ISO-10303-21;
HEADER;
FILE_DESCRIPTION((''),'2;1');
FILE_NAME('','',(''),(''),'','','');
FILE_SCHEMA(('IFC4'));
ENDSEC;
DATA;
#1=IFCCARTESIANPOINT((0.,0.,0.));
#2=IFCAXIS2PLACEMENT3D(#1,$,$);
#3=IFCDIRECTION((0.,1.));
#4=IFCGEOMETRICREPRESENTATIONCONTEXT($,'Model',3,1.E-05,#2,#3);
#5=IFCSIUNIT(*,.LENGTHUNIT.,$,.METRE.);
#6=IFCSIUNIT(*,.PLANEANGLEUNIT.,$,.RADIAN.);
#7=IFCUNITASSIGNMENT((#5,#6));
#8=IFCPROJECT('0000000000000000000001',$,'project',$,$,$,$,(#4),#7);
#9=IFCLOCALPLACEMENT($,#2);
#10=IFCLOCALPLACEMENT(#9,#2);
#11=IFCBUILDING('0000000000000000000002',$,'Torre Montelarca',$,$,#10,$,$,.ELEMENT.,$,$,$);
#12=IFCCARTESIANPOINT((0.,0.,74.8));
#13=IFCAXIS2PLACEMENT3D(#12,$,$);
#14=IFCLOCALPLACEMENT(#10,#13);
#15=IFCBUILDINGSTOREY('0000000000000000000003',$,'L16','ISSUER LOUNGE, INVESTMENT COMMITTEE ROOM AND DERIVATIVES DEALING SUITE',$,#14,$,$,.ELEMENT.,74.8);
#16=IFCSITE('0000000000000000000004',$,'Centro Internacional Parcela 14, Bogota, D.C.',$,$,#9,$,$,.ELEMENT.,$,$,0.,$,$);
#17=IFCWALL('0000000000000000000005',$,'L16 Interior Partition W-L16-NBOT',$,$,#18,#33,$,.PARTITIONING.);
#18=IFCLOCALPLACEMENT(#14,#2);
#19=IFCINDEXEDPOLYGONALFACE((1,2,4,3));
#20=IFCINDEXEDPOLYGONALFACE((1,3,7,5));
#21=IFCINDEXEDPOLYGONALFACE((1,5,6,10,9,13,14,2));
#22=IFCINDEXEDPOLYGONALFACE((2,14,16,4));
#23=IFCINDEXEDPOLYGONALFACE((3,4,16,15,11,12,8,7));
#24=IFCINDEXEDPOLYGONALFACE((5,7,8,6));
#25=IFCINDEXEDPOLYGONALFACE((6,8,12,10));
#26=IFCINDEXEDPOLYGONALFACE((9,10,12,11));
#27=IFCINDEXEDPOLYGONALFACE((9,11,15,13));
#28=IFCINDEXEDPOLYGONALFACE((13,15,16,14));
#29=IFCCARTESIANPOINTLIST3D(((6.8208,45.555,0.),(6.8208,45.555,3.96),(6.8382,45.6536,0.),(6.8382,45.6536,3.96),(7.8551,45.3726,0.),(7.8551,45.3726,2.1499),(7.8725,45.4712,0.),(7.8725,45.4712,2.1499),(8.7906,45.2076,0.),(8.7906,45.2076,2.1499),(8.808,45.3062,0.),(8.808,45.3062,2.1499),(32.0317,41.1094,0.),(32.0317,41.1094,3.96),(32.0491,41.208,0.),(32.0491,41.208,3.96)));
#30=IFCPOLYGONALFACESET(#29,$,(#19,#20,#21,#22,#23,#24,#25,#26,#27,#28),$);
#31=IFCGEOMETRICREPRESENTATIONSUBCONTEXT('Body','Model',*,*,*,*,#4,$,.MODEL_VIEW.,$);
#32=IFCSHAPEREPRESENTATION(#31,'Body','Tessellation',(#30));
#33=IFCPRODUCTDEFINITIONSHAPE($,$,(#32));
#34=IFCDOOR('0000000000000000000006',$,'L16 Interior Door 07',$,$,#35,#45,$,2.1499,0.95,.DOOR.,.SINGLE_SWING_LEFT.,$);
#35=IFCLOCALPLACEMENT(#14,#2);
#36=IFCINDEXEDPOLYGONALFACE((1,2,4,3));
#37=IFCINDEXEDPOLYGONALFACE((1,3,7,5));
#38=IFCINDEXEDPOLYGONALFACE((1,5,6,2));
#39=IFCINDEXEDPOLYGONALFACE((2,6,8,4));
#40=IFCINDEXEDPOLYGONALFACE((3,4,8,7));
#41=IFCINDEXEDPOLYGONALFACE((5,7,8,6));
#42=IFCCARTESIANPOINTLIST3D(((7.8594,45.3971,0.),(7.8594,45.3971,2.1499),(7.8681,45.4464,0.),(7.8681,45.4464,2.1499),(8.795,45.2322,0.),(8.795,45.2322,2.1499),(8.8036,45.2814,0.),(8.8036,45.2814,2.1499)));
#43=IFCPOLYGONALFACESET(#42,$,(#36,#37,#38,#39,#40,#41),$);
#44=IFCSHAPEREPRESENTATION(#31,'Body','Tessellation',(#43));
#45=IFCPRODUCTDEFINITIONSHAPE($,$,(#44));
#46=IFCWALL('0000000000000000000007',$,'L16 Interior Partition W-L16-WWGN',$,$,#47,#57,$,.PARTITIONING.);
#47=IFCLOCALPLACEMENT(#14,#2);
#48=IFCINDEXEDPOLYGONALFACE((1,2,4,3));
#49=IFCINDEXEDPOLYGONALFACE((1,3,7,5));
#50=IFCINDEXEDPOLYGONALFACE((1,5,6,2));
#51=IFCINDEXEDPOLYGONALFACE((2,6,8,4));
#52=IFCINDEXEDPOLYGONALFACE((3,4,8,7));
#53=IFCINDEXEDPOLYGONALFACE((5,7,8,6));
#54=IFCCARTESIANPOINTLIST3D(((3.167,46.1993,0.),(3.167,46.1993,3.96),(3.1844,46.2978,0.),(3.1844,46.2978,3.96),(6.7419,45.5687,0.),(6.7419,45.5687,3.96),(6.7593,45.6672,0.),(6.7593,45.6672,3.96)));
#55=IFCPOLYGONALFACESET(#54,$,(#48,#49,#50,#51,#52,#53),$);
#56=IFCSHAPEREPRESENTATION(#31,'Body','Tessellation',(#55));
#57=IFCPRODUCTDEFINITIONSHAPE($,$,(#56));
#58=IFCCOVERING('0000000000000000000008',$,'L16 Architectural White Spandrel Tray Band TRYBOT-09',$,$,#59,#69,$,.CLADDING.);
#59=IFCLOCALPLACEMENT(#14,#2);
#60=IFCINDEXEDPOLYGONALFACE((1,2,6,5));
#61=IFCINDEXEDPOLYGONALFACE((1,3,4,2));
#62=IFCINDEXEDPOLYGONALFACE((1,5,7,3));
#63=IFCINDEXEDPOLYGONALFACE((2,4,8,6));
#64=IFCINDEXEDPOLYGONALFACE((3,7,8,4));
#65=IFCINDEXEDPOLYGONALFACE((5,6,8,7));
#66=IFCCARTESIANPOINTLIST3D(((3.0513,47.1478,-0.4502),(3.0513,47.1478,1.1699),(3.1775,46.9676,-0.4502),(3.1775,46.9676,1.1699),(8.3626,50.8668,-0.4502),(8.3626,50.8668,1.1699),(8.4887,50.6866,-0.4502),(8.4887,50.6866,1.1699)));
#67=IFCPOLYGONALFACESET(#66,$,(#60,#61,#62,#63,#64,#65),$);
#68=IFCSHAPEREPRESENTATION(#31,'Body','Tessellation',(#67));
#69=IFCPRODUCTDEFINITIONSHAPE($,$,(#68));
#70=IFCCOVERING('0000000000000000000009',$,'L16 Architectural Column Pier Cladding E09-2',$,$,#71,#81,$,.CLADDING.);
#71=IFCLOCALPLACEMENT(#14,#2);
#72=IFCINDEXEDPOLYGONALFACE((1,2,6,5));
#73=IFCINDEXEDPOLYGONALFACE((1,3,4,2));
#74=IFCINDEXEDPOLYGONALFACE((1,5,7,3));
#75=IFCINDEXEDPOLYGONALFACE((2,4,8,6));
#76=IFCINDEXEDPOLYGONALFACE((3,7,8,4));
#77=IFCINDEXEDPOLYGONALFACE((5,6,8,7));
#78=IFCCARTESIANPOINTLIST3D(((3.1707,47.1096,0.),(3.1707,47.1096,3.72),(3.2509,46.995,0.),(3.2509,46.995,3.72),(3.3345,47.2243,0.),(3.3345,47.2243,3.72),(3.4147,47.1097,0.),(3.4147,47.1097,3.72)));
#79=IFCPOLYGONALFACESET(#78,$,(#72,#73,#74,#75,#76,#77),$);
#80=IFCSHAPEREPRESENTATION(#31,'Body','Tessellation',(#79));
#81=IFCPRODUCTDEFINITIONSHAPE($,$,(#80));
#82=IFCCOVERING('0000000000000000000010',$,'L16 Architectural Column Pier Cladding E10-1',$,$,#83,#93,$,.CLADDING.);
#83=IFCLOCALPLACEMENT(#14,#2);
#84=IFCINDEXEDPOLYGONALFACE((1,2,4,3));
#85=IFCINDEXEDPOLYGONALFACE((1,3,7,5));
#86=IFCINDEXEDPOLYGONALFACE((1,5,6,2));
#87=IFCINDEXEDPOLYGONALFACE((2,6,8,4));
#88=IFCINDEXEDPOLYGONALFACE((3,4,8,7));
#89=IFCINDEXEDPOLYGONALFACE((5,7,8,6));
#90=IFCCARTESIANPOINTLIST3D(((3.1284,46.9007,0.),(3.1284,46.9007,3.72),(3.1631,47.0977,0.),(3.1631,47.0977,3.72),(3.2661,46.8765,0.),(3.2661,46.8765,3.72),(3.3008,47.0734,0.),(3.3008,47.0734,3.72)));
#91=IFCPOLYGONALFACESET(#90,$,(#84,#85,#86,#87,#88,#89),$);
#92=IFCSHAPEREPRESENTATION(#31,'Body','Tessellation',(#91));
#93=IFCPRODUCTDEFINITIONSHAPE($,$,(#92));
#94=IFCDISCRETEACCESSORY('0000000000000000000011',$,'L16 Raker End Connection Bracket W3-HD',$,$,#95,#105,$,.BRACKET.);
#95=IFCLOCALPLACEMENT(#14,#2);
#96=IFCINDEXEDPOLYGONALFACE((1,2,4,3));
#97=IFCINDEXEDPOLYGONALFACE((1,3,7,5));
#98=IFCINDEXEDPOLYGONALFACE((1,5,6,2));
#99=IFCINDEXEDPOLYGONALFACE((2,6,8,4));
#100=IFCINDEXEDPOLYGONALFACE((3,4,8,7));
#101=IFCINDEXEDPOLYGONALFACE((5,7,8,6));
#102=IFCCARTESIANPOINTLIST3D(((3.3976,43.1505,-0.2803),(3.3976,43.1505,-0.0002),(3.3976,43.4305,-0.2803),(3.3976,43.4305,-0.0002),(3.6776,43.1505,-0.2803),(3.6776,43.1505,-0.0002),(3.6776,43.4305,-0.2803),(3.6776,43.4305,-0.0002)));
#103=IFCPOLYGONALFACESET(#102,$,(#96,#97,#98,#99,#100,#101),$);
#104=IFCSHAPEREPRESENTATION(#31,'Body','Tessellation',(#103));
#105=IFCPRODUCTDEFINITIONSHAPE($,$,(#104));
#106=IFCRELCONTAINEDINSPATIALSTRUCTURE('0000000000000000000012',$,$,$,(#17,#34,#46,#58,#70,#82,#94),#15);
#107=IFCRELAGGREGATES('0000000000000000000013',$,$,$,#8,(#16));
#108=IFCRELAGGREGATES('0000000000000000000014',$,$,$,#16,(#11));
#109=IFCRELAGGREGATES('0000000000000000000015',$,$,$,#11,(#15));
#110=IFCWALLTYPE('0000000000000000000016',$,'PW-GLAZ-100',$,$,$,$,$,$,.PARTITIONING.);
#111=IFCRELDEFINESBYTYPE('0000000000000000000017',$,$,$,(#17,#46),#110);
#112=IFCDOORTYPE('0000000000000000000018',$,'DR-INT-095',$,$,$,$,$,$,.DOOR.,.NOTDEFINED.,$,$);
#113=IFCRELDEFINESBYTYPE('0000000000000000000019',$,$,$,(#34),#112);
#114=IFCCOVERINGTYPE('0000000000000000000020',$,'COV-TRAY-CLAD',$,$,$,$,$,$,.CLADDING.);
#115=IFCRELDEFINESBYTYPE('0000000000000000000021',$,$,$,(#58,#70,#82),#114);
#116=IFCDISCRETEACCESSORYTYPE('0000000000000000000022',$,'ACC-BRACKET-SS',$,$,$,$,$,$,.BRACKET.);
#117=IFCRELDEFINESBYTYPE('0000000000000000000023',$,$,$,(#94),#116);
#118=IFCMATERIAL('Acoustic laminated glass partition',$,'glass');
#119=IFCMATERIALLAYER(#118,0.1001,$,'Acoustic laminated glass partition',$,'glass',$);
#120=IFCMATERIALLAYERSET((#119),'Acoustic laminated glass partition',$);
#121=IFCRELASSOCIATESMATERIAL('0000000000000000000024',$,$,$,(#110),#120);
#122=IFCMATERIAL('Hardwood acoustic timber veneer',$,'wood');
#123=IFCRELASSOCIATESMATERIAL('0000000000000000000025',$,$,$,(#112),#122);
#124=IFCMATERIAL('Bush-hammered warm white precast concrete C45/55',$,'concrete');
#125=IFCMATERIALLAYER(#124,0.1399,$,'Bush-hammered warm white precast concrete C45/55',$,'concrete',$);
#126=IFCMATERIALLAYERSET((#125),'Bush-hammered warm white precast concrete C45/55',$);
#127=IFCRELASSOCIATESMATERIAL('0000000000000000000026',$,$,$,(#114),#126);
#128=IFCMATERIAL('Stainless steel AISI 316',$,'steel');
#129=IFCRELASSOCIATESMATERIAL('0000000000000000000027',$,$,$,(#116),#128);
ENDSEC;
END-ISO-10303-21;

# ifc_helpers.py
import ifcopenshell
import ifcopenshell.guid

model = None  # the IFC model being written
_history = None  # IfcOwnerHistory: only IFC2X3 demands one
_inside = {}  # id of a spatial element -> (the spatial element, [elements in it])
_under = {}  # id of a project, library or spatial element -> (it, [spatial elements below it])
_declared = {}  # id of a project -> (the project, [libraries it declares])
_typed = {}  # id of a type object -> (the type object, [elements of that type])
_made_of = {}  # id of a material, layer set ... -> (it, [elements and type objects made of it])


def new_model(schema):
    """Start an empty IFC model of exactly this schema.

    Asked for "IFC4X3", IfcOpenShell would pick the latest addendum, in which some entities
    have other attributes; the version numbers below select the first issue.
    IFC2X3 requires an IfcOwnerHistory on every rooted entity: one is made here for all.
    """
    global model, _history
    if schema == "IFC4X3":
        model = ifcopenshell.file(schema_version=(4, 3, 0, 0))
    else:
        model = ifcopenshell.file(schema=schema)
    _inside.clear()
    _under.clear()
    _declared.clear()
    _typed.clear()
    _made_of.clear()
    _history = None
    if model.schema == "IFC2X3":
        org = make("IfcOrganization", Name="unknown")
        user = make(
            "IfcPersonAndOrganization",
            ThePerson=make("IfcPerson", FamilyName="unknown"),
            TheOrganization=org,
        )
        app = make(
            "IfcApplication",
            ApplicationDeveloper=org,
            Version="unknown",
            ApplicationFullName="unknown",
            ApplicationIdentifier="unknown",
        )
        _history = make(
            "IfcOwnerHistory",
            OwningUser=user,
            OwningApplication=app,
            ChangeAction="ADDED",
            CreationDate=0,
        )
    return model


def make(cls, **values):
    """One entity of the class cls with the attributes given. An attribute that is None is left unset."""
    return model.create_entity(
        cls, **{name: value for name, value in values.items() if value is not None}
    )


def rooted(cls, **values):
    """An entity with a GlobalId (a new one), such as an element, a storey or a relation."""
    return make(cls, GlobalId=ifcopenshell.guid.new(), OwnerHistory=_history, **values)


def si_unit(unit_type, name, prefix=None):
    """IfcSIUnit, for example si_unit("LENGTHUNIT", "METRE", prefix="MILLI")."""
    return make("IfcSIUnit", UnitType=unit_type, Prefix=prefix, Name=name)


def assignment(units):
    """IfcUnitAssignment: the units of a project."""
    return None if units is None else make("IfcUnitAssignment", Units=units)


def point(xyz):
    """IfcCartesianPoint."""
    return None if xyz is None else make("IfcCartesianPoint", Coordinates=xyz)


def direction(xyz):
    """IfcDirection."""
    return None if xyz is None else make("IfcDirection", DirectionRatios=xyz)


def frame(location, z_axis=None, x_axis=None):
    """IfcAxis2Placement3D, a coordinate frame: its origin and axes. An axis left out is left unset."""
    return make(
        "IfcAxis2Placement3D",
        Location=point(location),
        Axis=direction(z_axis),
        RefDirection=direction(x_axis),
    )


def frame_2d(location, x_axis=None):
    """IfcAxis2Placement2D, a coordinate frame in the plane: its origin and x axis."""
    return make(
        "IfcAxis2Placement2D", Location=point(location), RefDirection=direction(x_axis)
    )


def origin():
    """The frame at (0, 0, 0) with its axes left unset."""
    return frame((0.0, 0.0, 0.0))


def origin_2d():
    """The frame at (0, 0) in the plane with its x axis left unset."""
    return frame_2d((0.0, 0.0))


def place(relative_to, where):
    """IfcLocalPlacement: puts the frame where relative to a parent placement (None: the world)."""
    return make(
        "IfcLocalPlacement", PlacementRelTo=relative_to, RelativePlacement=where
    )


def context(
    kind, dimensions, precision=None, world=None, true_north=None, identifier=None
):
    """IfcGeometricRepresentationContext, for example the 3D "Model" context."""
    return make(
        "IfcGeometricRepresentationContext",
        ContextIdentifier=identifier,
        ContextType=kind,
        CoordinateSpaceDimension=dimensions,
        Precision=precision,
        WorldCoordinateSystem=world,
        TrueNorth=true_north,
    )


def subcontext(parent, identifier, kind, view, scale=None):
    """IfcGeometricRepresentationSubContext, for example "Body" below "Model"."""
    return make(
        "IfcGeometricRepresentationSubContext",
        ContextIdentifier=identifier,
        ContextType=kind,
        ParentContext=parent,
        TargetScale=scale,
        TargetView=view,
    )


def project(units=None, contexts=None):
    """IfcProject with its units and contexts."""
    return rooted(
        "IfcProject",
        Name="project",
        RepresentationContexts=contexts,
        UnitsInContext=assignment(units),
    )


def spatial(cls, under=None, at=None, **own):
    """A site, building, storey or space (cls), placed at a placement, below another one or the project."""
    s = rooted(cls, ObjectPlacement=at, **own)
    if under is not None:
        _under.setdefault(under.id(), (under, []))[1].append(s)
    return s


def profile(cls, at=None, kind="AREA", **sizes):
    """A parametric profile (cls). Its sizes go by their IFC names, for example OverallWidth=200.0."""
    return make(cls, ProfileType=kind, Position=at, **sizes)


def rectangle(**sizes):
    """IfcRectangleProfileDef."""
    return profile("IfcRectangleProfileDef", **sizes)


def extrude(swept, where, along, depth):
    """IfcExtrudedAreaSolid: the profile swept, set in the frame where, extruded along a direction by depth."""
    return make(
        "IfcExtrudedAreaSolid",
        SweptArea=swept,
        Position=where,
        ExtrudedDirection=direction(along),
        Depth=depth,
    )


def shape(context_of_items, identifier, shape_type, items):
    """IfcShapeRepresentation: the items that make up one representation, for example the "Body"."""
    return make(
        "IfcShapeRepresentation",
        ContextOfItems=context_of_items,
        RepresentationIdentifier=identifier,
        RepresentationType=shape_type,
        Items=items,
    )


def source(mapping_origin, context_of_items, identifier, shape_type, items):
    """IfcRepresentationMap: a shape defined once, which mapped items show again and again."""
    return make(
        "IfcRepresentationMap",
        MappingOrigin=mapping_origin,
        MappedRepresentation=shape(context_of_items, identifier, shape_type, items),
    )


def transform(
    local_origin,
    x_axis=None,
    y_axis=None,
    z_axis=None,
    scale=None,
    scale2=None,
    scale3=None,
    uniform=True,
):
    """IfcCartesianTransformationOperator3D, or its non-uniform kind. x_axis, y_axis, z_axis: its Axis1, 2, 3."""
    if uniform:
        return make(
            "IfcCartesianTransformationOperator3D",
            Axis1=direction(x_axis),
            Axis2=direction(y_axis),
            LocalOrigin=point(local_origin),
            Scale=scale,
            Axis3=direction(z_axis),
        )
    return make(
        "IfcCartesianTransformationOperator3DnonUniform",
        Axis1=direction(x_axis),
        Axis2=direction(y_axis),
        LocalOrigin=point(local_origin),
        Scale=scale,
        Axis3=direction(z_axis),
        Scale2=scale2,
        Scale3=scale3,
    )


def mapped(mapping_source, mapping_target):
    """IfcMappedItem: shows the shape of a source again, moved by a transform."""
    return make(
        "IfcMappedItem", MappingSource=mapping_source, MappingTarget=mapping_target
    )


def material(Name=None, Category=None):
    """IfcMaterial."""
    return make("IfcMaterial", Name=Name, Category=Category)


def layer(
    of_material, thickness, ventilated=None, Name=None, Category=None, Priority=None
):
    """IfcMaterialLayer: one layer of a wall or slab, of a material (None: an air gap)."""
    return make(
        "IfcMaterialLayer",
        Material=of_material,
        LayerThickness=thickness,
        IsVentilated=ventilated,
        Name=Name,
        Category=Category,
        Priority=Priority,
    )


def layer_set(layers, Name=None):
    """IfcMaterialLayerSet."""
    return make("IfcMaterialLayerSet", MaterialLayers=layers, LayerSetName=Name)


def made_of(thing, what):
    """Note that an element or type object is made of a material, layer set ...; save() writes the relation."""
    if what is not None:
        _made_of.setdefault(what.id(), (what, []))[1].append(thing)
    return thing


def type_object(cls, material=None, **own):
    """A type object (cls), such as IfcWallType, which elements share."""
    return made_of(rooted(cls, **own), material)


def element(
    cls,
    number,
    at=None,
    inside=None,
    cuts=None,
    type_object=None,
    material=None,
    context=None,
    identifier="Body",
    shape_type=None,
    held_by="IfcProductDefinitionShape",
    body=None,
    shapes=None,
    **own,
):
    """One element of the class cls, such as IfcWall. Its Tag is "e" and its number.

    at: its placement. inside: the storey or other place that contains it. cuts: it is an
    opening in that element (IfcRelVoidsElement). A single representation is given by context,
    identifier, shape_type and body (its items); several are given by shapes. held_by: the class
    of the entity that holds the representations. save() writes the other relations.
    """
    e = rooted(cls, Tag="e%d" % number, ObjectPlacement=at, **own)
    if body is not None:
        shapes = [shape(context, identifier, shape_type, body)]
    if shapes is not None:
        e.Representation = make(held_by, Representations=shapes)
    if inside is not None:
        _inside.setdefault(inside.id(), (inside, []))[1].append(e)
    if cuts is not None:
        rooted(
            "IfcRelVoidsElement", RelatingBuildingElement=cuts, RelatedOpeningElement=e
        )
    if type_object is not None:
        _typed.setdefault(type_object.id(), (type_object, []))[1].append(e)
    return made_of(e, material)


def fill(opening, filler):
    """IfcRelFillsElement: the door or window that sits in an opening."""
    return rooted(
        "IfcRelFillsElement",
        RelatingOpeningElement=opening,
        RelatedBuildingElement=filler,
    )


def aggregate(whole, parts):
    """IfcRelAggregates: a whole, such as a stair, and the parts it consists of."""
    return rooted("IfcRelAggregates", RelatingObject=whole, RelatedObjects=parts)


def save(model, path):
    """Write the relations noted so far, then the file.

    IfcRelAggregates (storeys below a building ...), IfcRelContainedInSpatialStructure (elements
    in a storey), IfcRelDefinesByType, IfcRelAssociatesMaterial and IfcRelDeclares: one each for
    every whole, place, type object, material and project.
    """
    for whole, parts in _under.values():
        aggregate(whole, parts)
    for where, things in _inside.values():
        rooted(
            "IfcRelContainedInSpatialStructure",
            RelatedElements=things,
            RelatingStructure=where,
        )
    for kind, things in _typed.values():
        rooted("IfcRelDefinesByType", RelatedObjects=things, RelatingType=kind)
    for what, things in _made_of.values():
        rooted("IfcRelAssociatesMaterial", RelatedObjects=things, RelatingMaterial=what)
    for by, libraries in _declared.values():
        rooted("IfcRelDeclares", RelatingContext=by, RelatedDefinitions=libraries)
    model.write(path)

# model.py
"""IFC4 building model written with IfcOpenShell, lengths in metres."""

from ifc_helpers import new_model, si_unit, direction, frame, frame_2d, origin, origin_2d, place, context, subcontext, project, spatial, rectangle, extrude, source, transform, mapped, material, layer, layer_set, type_object, element, fill, save


model = new_model("IFC4")

# Units and contexts
model_context = context("Model", 3, precision=1e-05, world=origin(), true_north=direction((0.0, 1.0)))
body_context = subcontext(model_context, "Body", "Model", "MODEL_VIEW")
ifc_project = project(units=[si_unit("LENGTHUNIT", "METRE"), si_unit("PLANEANGLEUNIT", "RADIAN")], contexts=[model_context])

# Site, building, storey
site_placement = place(None, origin())
site = spatial("IfcSite", under=ifc_project, at=site_placement, Name="Centro Internacional Parcela 14, Bogota, D.C.", CompositionType="ELEMENT", RefElevation=0.0)
building_placement = place(site_placement, origin())
building = spatial("IfcBuilding", under=site, at=building_placement, Name="Torre Montelarca", CompositionType="ELEMENT")
storey_placement = place(building_placement, frame((0.0, 0.0, 74.8)))
storey = spatial("IfcBuildingStorey", under=building, at=storey_placement, Name="L16", Description="ISSUER LOUNGE, INVESTMENT COMMITTEE ROOM AND DERIVATIVES DEALING SUITE", CompositionType="ELEMENT", Elevation=74.8)

# Wall, opening, door
ifc_material_1 = material(Name="Acoustic laminated glass partition", Category="glass")
ifc_layer_1 = layer(ifc_material_1, 0.1001, Name="Acoustic laminated glass partition", Category="glass")
ifc_layer_set_1 = layer_set([ifc_layer_1], Name="Acoustic laminated glass partition")
wall_type = type_object("IfcWallType", Name="PW-GLAZ-100", PredefinedType="PARTITIONING", material=ifc_layer_set_1)
wall_1_placement = place(storey_placement, frame((6.8296, 45.6042, 0.0), z_axis=(0.0, 0.0, 1.0), x_axis=(0.984806, -0.173655, 0.0)))
wall_1 = element("IfcWall", 1, at=wall_1_placement, inside=storey, type_object=wall_type, Name="L16 Interior Partition W-L16-NBOT", PredefinedType="PARTITIONING", context=body_context, shape_type="SweptSolid", body=[
    extrude(rectangle(XDim=25.5999, YDim=0.1001, at=frame_2d((12.7998, 0.0))), origin(), (0.0, 0.0, 1.0), 3.96),
])
opening_placement = place(wall_1_placement, frame((1.05, 0.0, 0.0)))
opening = element("IfcOpeningElement", 2, at=opening_placement, cuts=wall_1, PredefinedType="OPENING", context=body_context, shape_type="SweptSolid", body=[
    extrude(rectangle(XDim=0.95, YDim=2.1499, at=frame_2d((0.4751, 1.075))), frame((0.0, 0.0601, 0.0), z_axis=(0.0, -1.0, 0.0), x_axis=(1.0, 0.0, 0.0)), (0.0, 0.0, 1.0), 0.1201),
])
ifc_material_2 = material(Name="Hardwood acoustic timber veneer", Category="wood")
door_type = type_object("IfcDoorType", Name="DR-INT-095", OperationType="NOTDEFINED", PredefinedType="DOOR", material=ifc_material_2)
shared_shape_1 = source(origin(), body_context, "Body", "SweptSolid", [
    extrude(rectangle(XDim=0.95, YDim=2.1499, at=frame_2d((0.4751, 1.075))), frame((0.0, 0.0249, 0.0), z_axis=(0.0, -1.0, 0.0), x_axis=(1.0, 0.0, 0.0)), (0.0, 0.0, 1.0), 0.05),
])
door_placement = place(opening_placement, origin())
door = element("IfcDoor", 3, at=door_placement, inside=storey, type_object=door_type, Name="L16 Interior Door 07", OperationType="SINGLE_SWING_LEFT", OverallHeight=2.1499, OverallWidth=0.95, PredefinedType="DOOR", context=body_context, shape_type="MappedRepresentation", body=[
    mapped(shared_shape_1, transform((0.0, 0.0, 0.0), scale=1.0)),
])
fill(opening, door)

# Wall
wall_2_placement = place(storey_placement, frame((3.1758, 46.2485, 0.0), z_axis=(0.0, 0.0, 1.0), x_axis=(0.984796, -0.173716, 0.0)))
element("IfcWall", 4, at=wall_2_placement, inside=storey, type_object=wall_type, Name="L16 Interior Partition W-L16-WWGN", PredefinedType="PARTITIONING", context=body_context, shape_type="SweptSolid", body=[
    extrude(rectangle(XDim=3.6301, YDim=0.1001, at=frame_2d((1.8149, 0.0))), origin(), (0.0, 0.0, 1.0), 3.96),
])

# Coverings
ifc_material_3 = material(Name="Bush-hammered warm white precast concrete C45/55", Category="concrete")
ifc_layer_2 = layer(ifc_material_3, 0.1399, Name="Bush-hammered warm white precast concrete C45/55", Category="concrete")
ifc_layer_set_2 = layer_set([ifc_layer_2], Name="Bush-hammered warm white precast concrete C45/55")
covering_type = type_object("IfcCoveringType", Name="COV-TRAY-CLAD", PredefinedType="CLADDING", material=ifc_layer_set_2)
shared_shape_2 = source(origin(), body_context, "Body", "SweptSolid", [
    extrude(rectangle(XDim=6.4839, YDim=0.22, at=origin_2d()), origin(), (0.0, 0.0, 1.0), 1.6201),
])
covering_placement = place(storey_placement, frame((5.77, 48.9172, -0.4502), z_axis=(0.0, 0.0, 1.0), x_axis=(-0.819151, -0.573578, 0.0)))
element("IfcCovering", 5, at=covering_placement, inside=storey, type_object=covering_type, Name="L16 Architectural White Spandrel Tray Band TRYBOT-09", PredefinedType="CLADDING", context=body_context, shape_type="MappedRepresentation", body=[
    mapped(shared_shape_2, transform((0.0, 0.0, 0.0), scale=1.0)),
])
shared_shape_3 = source(origin(), body_context, "Body", "SweptSolid", [
    extrude(rectangle(XDim=0.2, YDim=0.1399, at=origin_2d()), origin(), (0.0, 0.0, 1.0), 3.72),
])
for number, where, z_axis, x_axis, name in (
    (6, (3.2927, 47.1096, 0.0), (0.0, 0.0, 1.0), (-0.819159, -0.573566, 0.0), "L16 Architectural Column Pier Cladding E09-2"),
    (7, (3.2146, 46.9871, 0.0), (0.0, 0.0, 1.0), (-0.173648, -0.984808, 0.0), "L16 Architectural Column Pier Cladding E10-1"),
):
    element("IfcCovering", number, at=place(storey_placement, frame(where, z_axis=z_axis, x_axis=x_axis)), inside=storey, type_object=covering_type, Name=name, PredefinedType="CLADDING", context=body_context, shape_type="MappedRepresentation", body=[
        mapped(shared_shape_3, transform((0.0, 0.0, 0.0), scale=1.0)),
    ])

# Discrete accessory
ifc_material_4 = material(Name="Stainless steel AISI 316", Category="steel")
discrete_accessory_type = type_object("IfcDiscreteAccessoryType", Name="ACC-BRACKET-SS", PredefinedType="BRACKET", material=ifc_material_4)
shared_shape_4 = source(origin(), body_context, "Body", "SweptSolid", [
    extrude(rectangle(XDim=0.28, YDim=0.28, at=origin_2d()), origin(), (0.0, 0.0, 1.0), 0.28),
])
discrete_accessory_placement = place(storey_placement, frame((3.5376, 43.2905, -0.2803), z_axis=(0.0, 0.0, 1.0), x_axis=(1.0, 0.0, 0.0)))
element("IfcDiscreteAccessory", 8, at=discrete_accessory_placement, inside=storey, type_object=discrete_accessory_type, Name="L16 Raker End Connection Bracket W3-HD", PredefinedType="BRACKET", context=body_context, shape_type="MappedRepresentation", body=[
    mapped(shared_shape_4, transform((0.0, 0.0, 0.0), scale=1.0)),
])

save(model, "model.ifc")
